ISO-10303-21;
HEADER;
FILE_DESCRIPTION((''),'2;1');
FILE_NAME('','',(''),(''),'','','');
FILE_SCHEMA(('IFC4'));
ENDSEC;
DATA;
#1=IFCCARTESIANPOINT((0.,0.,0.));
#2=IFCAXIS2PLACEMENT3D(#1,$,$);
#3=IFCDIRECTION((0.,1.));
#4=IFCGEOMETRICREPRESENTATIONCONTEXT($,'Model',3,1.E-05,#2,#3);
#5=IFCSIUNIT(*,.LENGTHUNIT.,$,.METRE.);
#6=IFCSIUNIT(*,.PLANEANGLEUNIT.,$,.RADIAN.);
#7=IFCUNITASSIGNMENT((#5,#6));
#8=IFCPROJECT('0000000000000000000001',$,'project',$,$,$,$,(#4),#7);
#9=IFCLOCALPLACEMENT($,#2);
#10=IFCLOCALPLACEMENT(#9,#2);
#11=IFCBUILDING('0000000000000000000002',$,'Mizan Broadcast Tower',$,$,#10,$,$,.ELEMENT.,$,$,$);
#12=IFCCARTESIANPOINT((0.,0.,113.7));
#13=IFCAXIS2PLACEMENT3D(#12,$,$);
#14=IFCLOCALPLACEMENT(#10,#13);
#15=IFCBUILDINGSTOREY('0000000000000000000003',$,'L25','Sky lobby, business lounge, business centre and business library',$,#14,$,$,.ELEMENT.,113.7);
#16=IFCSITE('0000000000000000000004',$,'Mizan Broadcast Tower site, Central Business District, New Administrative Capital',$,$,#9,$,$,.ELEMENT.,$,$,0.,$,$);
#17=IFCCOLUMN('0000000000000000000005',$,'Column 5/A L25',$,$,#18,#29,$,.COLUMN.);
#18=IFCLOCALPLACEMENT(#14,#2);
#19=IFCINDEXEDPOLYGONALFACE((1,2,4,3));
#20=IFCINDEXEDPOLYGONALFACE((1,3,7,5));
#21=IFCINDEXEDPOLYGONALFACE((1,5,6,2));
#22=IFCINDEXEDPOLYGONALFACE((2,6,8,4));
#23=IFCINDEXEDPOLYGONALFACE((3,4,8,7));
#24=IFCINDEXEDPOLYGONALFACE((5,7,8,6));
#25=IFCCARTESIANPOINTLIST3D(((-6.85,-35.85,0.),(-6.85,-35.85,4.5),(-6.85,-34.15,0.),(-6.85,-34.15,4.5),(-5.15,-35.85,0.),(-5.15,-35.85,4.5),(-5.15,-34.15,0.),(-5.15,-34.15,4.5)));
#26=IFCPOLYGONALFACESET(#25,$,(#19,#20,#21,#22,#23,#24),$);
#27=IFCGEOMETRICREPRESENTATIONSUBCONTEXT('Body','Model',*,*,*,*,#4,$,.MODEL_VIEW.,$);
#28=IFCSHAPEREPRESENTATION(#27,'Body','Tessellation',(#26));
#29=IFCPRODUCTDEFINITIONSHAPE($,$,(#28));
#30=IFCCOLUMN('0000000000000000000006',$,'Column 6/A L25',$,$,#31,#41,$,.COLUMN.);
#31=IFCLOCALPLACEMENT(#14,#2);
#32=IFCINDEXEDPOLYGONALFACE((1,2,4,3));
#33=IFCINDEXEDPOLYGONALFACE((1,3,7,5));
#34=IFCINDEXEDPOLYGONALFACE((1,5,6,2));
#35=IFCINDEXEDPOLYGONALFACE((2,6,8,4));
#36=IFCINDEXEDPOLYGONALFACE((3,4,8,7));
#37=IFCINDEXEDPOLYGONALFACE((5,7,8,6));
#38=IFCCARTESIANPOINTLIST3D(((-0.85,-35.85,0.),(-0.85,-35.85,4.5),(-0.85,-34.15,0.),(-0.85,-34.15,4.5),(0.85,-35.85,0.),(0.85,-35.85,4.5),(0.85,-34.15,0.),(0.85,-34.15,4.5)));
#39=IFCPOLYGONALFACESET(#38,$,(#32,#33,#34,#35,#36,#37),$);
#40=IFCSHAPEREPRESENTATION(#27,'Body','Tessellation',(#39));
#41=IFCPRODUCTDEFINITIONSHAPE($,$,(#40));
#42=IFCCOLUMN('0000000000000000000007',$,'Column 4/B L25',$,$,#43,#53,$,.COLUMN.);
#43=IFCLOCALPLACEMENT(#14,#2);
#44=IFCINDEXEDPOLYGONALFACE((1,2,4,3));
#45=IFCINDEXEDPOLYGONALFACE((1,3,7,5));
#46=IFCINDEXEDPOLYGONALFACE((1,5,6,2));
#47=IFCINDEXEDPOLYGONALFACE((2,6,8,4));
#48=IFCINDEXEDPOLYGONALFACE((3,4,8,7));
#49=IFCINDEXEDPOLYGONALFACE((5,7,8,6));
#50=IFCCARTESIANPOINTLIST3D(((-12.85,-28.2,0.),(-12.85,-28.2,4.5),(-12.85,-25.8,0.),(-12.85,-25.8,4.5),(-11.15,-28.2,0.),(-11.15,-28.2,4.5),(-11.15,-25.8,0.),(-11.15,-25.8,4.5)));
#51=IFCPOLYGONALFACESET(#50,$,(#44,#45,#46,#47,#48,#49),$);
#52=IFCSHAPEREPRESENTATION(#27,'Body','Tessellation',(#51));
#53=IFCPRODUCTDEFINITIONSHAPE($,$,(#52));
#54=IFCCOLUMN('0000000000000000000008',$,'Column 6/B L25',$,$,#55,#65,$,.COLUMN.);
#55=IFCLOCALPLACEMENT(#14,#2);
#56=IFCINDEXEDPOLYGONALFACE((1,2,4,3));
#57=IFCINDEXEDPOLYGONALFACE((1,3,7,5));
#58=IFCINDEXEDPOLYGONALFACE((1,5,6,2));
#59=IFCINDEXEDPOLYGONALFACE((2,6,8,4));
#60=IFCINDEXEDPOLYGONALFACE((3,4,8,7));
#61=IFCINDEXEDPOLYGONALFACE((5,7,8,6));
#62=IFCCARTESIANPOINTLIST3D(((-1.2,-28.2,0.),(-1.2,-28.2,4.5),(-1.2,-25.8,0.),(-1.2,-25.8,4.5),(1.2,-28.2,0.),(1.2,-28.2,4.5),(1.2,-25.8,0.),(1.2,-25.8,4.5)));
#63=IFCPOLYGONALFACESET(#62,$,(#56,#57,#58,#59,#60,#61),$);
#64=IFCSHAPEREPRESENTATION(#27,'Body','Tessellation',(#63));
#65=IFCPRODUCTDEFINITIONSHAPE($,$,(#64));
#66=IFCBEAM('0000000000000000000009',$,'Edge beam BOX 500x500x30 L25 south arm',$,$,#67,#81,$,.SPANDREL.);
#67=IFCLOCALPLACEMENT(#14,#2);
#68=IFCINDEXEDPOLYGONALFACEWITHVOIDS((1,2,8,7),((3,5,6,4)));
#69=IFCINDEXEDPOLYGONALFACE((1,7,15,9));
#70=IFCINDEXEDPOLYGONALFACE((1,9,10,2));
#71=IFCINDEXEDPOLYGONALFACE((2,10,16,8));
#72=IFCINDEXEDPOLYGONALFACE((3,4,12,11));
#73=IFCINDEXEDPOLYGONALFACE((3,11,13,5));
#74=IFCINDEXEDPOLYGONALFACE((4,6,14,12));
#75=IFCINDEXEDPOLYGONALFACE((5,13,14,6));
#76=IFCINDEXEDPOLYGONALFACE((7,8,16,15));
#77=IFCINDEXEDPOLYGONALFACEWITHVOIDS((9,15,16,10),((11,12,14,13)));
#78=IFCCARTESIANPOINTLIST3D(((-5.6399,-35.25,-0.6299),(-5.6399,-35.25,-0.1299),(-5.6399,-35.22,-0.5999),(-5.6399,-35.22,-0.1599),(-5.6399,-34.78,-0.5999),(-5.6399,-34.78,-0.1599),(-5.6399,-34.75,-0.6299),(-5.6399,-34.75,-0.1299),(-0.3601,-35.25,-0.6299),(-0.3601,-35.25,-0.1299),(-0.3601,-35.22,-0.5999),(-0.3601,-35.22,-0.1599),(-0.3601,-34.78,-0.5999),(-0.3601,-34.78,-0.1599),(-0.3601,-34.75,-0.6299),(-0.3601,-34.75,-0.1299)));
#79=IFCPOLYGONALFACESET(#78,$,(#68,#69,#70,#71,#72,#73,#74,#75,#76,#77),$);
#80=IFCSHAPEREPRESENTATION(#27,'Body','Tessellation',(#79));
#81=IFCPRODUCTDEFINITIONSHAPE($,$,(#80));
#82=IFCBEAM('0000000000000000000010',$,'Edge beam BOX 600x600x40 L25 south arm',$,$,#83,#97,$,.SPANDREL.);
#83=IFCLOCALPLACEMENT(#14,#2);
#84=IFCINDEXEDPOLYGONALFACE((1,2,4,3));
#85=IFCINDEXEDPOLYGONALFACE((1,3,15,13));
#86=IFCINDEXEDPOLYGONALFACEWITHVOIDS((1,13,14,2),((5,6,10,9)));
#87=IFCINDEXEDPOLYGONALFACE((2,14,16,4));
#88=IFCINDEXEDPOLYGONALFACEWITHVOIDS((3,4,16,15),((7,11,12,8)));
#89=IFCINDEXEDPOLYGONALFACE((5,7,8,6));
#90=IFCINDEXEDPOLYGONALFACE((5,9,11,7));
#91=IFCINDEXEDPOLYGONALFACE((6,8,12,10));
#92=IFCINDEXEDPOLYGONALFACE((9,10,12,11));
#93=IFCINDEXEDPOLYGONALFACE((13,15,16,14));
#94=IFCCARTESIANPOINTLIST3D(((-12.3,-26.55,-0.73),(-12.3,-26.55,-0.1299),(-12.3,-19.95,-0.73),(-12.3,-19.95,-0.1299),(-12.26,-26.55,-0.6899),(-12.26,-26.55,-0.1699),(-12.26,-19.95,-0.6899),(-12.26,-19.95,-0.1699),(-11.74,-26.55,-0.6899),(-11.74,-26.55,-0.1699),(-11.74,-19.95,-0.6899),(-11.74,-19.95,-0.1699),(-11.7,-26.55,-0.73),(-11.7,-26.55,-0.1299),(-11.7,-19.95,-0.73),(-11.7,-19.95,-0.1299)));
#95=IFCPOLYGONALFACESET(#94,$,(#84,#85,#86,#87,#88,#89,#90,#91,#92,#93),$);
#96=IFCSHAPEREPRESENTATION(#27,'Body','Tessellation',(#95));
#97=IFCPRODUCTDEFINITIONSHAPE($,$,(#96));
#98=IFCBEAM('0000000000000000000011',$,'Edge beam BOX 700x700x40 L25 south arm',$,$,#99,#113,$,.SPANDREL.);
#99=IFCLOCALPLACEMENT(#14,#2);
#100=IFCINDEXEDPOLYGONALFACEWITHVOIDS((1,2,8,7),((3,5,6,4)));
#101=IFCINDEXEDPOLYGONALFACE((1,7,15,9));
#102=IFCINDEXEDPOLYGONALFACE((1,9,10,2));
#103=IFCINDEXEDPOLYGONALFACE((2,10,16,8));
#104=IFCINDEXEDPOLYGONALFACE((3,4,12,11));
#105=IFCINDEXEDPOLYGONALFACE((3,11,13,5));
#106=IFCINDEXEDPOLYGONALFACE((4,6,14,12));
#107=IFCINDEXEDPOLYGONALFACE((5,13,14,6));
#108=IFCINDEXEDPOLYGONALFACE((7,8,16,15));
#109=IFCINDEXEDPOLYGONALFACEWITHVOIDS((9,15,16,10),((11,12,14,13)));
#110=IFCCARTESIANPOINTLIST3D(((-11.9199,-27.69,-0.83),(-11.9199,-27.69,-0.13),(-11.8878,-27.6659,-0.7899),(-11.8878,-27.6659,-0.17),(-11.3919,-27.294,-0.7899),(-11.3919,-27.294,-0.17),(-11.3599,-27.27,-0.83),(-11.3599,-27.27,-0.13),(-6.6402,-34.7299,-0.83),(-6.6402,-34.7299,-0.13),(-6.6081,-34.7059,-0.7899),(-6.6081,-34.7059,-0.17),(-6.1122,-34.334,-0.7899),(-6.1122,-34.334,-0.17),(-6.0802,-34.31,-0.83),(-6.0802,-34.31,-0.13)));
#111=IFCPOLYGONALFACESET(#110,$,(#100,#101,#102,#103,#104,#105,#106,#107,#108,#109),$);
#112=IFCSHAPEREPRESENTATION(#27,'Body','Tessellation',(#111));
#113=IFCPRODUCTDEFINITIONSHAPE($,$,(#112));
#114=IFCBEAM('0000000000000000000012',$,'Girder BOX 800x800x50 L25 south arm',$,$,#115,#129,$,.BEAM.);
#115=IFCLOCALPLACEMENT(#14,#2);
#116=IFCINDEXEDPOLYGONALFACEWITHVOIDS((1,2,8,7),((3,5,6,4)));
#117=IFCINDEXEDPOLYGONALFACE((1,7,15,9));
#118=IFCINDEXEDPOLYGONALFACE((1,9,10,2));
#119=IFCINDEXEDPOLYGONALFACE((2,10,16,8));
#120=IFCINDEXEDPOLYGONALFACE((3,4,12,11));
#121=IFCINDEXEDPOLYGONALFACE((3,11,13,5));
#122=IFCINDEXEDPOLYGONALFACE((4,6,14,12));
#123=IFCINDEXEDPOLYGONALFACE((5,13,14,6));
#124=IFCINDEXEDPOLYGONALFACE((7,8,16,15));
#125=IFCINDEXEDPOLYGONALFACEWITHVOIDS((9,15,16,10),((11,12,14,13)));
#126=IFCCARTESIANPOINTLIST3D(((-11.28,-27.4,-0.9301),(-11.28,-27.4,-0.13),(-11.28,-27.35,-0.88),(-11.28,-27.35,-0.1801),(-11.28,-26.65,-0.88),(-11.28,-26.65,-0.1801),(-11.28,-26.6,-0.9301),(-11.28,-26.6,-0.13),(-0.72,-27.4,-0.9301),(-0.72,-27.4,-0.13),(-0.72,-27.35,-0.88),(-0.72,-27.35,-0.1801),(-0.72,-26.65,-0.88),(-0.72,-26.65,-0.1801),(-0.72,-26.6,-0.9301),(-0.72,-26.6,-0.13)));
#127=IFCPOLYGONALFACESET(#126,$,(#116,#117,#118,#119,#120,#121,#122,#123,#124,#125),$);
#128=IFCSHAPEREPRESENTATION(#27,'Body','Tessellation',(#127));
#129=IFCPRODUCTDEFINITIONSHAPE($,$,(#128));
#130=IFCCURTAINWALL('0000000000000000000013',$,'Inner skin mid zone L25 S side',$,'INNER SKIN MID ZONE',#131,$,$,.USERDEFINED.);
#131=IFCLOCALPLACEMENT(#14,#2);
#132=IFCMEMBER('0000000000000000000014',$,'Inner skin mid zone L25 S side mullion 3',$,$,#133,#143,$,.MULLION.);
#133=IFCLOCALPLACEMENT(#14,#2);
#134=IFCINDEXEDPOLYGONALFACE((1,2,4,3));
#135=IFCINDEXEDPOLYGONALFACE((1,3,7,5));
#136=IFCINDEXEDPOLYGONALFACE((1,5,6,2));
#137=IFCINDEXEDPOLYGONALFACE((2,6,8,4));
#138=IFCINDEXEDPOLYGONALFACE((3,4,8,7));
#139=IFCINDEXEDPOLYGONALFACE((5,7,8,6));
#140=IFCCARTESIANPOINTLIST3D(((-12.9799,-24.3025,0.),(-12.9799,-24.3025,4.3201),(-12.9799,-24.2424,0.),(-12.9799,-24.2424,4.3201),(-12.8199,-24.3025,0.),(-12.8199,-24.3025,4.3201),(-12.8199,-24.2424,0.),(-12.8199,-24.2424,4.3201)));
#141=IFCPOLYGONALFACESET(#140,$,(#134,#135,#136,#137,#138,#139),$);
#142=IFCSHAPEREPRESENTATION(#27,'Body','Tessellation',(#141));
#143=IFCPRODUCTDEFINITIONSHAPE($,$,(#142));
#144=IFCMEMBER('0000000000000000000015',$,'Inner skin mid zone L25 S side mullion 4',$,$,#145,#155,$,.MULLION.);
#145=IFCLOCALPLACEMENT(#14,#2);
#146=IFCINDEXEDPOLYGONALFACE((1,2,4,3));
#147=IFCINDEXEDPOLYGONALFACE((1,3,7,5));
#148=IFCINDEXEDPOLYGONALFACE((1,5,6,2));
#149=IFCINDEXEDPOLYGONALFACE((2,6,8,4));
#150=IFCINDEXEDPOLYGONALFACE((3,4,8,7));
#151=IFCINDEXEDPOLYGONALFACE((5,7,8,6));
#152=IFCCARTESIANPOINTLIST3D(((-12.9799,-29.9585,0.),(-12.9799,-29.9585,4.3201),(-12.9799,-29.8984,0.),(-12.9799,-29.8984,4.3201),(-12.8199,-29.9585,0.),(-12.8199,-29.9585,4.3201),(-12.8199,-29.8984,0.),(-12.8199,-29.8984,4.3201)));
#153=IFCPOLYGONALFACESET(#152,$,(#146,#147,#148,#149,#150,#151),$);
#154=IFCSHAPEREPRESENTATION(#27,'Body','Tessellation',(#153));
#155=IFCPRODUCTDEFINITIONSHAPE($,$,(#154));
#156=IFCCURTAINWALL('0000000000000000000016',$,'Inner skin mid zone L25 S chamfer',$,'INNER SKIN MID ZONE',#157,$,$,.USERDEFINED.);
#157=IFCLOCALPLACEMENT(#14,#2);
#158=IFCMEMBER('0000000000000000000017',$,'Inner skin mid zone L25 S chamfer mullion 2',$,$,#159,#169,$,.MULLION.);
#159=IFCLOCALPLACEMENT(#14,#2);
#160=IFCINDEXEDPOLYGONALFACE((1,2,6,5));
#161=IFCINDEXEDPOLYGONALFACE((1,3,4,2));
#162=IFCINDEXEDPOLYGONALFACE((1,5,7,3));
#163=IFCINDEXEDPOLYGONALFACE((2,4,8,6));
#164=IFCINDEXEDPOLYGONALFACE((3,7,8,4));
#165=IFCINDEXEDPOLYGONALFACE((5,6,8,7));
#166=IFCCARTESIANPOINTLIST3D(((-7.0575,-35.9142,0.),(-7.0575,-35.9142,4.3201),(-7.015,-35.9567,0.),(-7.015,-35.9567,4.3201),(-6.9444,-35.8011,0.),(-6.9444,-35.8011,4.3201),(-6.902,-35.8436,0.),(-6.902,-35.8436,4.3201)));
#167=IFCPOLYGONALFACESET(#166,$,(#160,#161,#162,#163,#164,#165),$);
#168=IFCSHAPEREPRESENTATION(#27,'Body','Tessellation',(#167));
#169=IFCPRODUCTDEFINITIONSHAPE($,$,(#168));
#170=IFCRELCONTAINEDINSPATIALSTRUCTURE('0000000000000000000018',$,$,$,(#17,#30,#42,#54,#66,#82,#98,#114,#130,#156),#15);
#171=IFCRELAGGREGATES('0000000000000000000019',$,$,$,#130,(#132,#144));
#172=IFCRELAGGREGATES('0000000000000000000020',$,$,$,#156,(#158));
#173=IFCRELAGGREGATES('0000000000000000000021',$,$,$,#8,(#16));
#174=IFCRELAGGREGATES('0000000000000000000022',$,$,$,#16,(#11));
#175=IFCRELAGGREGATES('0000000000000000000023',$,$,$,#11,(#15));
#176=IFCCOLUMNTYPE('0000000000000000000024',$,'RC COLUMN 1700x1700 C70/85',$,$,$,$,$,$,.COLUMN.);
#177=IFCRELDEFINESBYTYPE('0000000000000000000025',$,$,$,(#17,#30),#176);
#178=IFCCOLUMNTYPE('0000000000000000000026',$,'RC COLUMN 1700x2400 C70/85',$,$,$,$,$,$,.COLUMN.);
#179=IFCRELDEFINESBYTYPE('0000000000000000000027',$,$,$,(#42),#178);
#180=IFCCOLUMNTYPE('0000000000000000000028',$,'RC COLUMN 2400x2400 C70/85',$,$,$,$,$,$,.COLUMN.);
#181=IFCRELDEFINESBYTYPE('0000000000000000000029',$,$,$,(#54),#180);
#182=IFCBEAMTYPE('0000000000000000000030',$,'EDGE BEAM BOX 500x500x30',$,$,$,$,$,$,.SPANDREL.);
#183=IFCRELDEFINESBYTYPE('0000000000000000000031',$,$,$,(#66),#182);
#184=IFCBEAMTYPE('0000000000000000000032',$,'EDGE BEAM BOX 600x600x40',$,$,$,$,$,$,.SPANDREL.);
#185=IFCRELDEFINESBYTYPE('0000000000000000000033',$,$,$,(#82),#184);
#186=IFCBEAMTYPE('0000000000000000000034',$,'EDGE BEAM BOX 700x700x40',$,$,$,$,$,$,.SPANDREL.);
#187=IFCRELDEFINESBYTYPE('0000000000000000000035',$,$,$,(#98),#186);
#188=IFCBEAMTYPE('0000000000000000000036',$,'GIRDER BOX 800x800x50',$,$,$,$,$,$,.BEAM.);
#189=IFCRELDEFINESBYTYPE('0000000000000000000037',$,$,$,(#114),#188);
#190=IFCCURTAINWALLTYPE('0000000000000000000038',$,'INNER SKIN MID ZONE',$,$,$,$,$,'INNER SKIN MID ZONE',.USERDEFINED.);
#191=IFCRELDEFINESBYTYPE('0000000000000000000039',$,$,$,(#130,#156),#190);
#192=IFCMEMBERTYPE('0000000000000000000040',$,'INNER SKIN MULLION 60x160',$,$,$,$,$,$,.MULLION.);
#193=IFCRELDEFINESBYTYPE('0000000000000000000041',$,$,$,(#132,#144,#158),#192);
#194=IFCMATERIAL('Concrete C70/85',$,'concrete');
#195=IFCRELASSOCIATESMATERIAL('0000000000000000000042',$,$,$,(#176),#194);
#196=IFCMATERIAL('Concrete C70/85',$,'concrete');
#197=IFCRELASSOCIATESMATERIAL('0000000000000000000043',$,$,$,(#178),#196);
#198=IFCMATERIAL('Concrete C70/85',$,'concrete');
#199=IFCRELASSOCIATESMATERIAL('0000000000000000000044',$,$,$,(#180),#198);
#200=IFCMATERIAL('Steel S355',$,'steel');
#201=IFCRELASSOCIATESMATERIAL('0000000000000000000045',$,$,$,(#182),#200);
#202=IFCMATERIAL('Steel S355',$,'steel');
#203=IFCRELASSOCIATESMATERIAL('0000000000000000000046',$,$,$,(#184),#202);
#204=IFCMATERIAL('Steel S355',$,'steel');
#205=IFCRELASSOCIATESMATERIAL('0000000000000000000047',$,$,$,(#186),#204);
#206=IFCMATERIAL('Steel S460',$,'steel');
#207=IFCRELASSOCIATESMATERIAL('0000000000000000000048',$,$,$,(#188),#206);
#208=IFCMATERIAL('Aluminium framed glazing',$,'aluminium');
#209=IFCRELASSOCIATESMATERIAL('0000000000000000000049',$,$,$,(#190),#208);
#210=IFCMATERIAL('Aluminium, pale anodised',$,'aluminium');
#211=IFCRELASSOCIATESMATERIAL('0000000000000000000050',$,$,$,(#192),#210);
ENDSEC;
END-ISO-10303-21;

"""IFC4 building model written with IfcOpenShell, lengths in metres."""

from ifc_helpers import new_model, si_unit, direction, frame, origin, origin_2d, place, context, subcontext, project, spatial, rectangle, hollow_rectangle, extrude, material, material_profile, profile_set, type_object, element, aggregate, save


model = new_model("IFC4")

# Units and contexts
model_context = context("Model", 3, precision=1e-05, world=origin(), true_north=direction((0.0, 1.0)))
body_context = subcontext(model_context, "Body", "Model", "MODEL_VIEW")
ifc_project = project(units=[si_unit("LENGTHUNIT", "METRE"), si_unit("PLANEANGLEUNIT", "RADIAN")], contexts=[model_context])

# Site, building, storey
site_placement = place(None, origin())
site = spatial("IfcSite", under=ifc_project, at=site_placement, Name="Mizan Broadcast Tower site, Central Business District, New Administrative Capital", CompositionType="ELEMENT", RefElevation=0.0)
building_placement = place(site_placement, origin())
building = spatial("IfcBuilding", under=site, at=building_placement, Name="Mizan Broadcast Tower", CompositionType="ELEMENT")
storey_placement = place(building_placement, frame((0.0, 0.0, 113.7)))
storey = spatial("IfcBuildingStorey", under=building, at=storey_placement, Name="L25", Description="Sky lobby, business lounge, business centre and business library", CompositionType="ELEMENT", Elevation=113.7)

# Columns
ifc_material_1 = material(Name="Concrete C70/85", Category="concrete")
ifc_material_profile_1 = material_profile(ifc_material_1, rectangle(XDim=1.7, YDim=1.7, at=origin_2d()), Name="RC 1700x1700")
ifc_profile_set_1 = profile_set([ifc_material_profile_1], Name="Concrete C70/85")
column_type_1 = type_object("IfcColumnType", Name="RC COLUMN 1700x1700 C70/85", PredefinedType="COLUMN", material=ifc_profile_set_1)
for number, where, z_axis, x_axis, name in (
    (1, (-6.0, -35.0, 0.0), (0.0, 0.0, 1.0), (1.0, 0.0, 0.0), "Column 5/A L25"),
    (2, (0.0, -35.0, 0.0), (0.0, 0.0, 1.0), (1.0, 0.0, 0.0), "Column 6/A L25"),
):
    element("IfcColumn", number, at=place(storey_placement, frame(where, z_axis=z_axis, x_axis=x_axis)), inside=storey, type_object=column_type_1, Name=name, PredefinedType="COLUMN", context=body_context, shape_type="SweptSolid", body=[
        extrude(rectangle(XDim=1.7, YDim=1.7, at=origin_2d()), origin(), (0.0, 0.0, 1.0), 4.5),
    ])
ifc_material_2 = material(Name="Concrete C70/85", Category="concrete")
ifc_material_profile_2 = material_profile(ifc_material_2, rectangle(XDim=1.7, YDim=2.3999, at=origin_2d()), Name="RC 1700x2400")
ifc_profile_set_2 = profile_set([ifc_material_profile_2], Name="Concrete C70/85")
column_type_2 = type_object("IfcColumnType", Name="RC COLUMN 1700x2400 C70/85", PredefinedType="COLUMN", material=ifc_profile_set_2)
column_1_placement = place(storey_placement, frame((-12.0, -27.0, 0.0), z_axis=(0.0, 0.0, 1.0), x_axis=(1.0, 0.0, 0.0)))
element("IfcColumn", 3, at=column_1_placement, inside=storey, type_object=column_type_2, Name="Column 4/B L25", PredefinedType="COLUMN", context=body_context, shape_type="SweptSolid", body=[
    extrude(rectangle(XDim=1.7, YDim=2.3999, at=origin_2d()), origin(), (0.0, 0.0, 1.0), 4.5),
])
ifc_material_3 = material(Name="Concrete C70/85", Category="concrete")
ifc_material_profile_3 = material_profile(ifc_material_3, rectangle(XDim=2.3999, YDim=2.3999, at=origin_2d()), Name="RC 2400x2400")
ifc_profile_set_3 = profile_set([ifc_material_profile_3], Name="Concrete C70/85")
column_type_3 = type_object("IfcColumnType", Name="RC COLUMN 2400x2400 C70/85", PredefinedType="COLUMN", material=ifc_profile_set_3)
column_2_placement = place(storey_placement, frame((0.0, -27.0, 0.0), z_axis=(0.0, 0.0, 1.0), x_axis=(1.0, 0.0, 0.0)))
element("IfcColumn", 4, at=column_2_placement, inside=storey, type_object=column_type_3, Name="Column 6/B L25", PredefinedType="COLUMN", context=body_context, shape_type="SweptSolid", body=[
    extrude(rectangle(XDim=2.3999, YDim=2.3999, at=origin_2d()), origin(), (0.0, 0.0, 1.0), 4.5),
])

# Beams
ifc_material_4 = material(Name="Steel S355", Category="steel")
ifc_material_profile_4 = material_profile(ifc_material_4, hollow_rectangle(XDim=0.5, YDim=0.5, WallThickness=0.03, at=origin_2d()), Name="BOX 500x500x30")
ifc_profile_set_4 = profile_set([ifc_material_profile_4], Name="Steel S355")
beam_type_1 = type_object("IfcBeamType", Name="EDGE BEAM BOX 500x500x30", PredefinedType="SPANDREL", material=ifc_profile_set_4)
beam_1_placement = place(storey_placement, frame((-5.6399, -35.0, -0.3799), z_axis=(1.0, 0.0, 0.0), x_axis=(0.0, 1.0, 0.0)))
element("IfcBeam", 5, at=beam_1_placement, inside=storey, type_object=beam_type_1, Name="Edge beam BOX 500x500x30 L25 south arm", PredefinedType="SPANDREL", context=body_context, shape_type="SweptSolid", body=[
    extrude(hollow_rectangle(XDim=0.5, YDim=0.5, WallThickness=0.03, at=origin_2d()), origin(), (0.0, 0.0, 1.0), 5.2798),
])
ifc_material_5 = material(Name="Steel S355", Category="steel")
ifc_material_profile_5 = material_profile(ifc_material_5, hollow_rectangle(XDim=0.6001, YDim=0.6001, WallThickness=0.04, at=origin_2d()), Name="BOX 600x600x40")
ifc_profile_set_5 = profile_set([ifc_material_profile_5], Name="Steel S355")
beam_type_2 = type_object("IfcBeamType", Name="EDGE BEAM BOX 600x600x40", PredefinedType="SPANDREL", material=ifc_profile_set_5)
beam_2_placement = place(storey_placement, frame((-12.0, -19.95, -0.4299), z_axis=(0.0, -1.0, 0.0), x_axis=(1.0, 0.0, 0.0)))
element("IfcBeam", 6, at=beam_2_placement, inside=storey, type_object=beam_type_2, Name="Edge beam BOX 600x600x40 L25 south arm", PredefinedType="SPANDREL", context=body_context, shape_type="SweptSolid", body=[
    extrude(hollow_rectangle(XDim=0.6001, YDim=0.6001, WallThickness=0.04, at=origin_2d()), origin(), (0.0, 0.0, 1.0), 6.6001),
])
ifc_material_6 = material(Name="Steel S355", Category="steel")
ifc_material_profile_6 = material_profile(ifc_material_6, hollow_rectangle(XDim=0.7, YDim=0.7, WallThickness=0.04, at=origin_2d()), Name="BOX 700x700x40")
ifc_profile_set_6 = profile_set([ifc_material_profile_6], Name="Steel S355")
beam_type_3 = type_object("IfcBeamType", Name="EDGE BEAM BOX 700x700x40", PredefinedType="SPANDREL", material=ifc_profile_set_6)
beam_3_placement = place(storey_placement, frame((-11.6399, -27.48, -0.48), z_axis=(0.599982, -0.800013, 0.0), x_axis=(0.800013, 0.599982, 0.0)))
element("IfcBeam", 7, at=beam_3_placement, inside=storey, type_object=beam_type_3, Name="Edge beam BOX 700x700x40 L25 south arm", PredefinedType="SPANDREL", context=body_context, shape_type="SweptSolid", body=[
    extrude(hollow_rectangle(XDim=0.7, YDim=0.7, WallThickness=0.04, at=origin_2d()), origin(), (0.0, 0.0, 1.0), 8.7998),
])
ifc_material_7 = material(Name="Steel S460", Category="steel")
ifc_material_profile_7 = material_profile(ifc_material_7, hollow_rectangle(XDim=0.8, YDim=0.8, WallThickness=0.05, at=origin_2d()), Name="BOX 800x800x50")
ifc_profile_set_7 = profile_set([ifc_material_profile_7], Name="Steel S460")
beam_type_4 = type_object("IfcBeamType", Name="GIRDER BOX 800x800x50", PredefinedType="BEAM", material=ifc_profile_set_7)
beam_4_placement = place(storey_placement, frame((-11.28, -27.0, -0.53), z_axis=(1.0, 0.0, 0.0), x_axis=(0.0, 1.0, 0.0)))
element("IfcBeam", 8, at=beam_4_placement, inside=storey, type_object=beam_type_4, Name="Girder BOX 800x800x50 L25 south arm", PredefinedType="BEAM", context=body_context, shape_type="SweptSolid", body=[
    extrude(hollow_rectangle(XDim=0.8, YDim=0.8, WallThickness=0.05, at=origin_2d()), origin(), (0.0, 0.0, 1.0), 10.5601),
])

# Curtain wall, members
ifc_material_8 = material(Name="Aluminium framed glazing", Category="aluminium")
curtain_wall_type_1 = type_object("IfcCurtainWallType", Name="INNER SKIN MID ZONE", ElementType="INNER SKIN MID ZONE", PredefinedType="USERDEFINED", material=ifc_material_8)
curtain_wall_1_placement = place(storey_placement, origin())
curtain_wall_1 = element("IfcCurtainWall", 9, at=curtain_wall_1_placement, inside=storey, type_object=curtain_wall_type_1, Name="Inner skin mid zone L25 S side", ObjectType="INNER SKIN MID ZONE", PredefinedType="USERDEFINED")
ifc_material_9 = material(Name="Aluminium, pale anodised", Category="aluminium")
ifc_material_profile_8 = material_profile(ifc_material_9, rectangle(XDim=0.1599, YDim=0.0601, at=origin_2d()), Name="MULLION 160x60")
ifc_profile_set_8 = profile_set([ifc_material_profile_8], Name="Aluminium, pale anodised")
member_type_1 = type_object("IfcMemberType", Name="INNER SKIN MULLION 60x160", PredefinedType="MULLION", material=ifc_profile_set_8)
member_1_placement = place(storey_placement, frame((-12.8999, -24.2725, 0.0), z_axis=(0.0, 0.0, 1.0), x_axis=(1.0, 0.0, 0.0)))
member_1 = element("IfcMember", 10, at=member_1_placement, type_object=member_type_1, Name="Inner skin mid zone L25 S side mullion 3", PredefinedType="MULLION", context=body_context, shape_type="SweptSolid", body=[
    extrude(rectangle(XDim=0.1599, YDim=0.0601, at=origin_2d()), origin(), (0.0, 0.0, 1.0), 4.3201),
])
member_2_placement = place(storey_placement, frame((-12.8999, -29.9285, 0.0), z_axis=(0.0, 0.0, 1.0), x_axis=(1.0, 0.0, 0.0)))
member_2 = element("IfcMember", 11, at=member_2_placement, type_object=member_type_1, Name="Inner skin mid zone L25 S side mullion 4", PredefinedType="MULLION", context=body_context, shape_type="SweptSolid", body=[
    extrude(rectangle(XDim=0.1599, YDim=0.0601, at=origin_2d()), origin(), (0.0, 0.0, 1.0), 4.3201),
])

# Curtain wall, member
curtain_wall_2_placement = place(storey_placement, origin())
curtain_wall_2 = element("IfcCurtainWall", 12, at=curtain_wall_2_placement, inside=storey, type_object=curtain_wall_type_1, Name="Inner skin mid zone L25 S chamfer", ObjectType="INNER SKIN MID ZONE", PredefinedType="USERDEFINED")
member_3_placement = place(storey_placement, frame((-6.9797, -35.8789, 0.0), z_axis=(0.0, 0.0, 1.0), x_axis=(0.707107, 0.707107, 0.0)))
member_3 = element("IfcMember", 13, at=member_3_placement, type_object=member_type_1, Name="Inner skin mid zone L25 S chamfer mullion 2", PredefinedType="MULLION", context=body_context, shape_type="SweptSolid", body=[
    extrude(rectangle(XDim=0.1599, YDim=0.0601, at=origin_2d()), origin(), (0.0, 0.0, 1.0), 4.3201),
])

aggregate(curtain_wall_1, [member_1, member_2])
aggregate(curtain_wall_2, [member_3])

save(model, "model.ifc")
